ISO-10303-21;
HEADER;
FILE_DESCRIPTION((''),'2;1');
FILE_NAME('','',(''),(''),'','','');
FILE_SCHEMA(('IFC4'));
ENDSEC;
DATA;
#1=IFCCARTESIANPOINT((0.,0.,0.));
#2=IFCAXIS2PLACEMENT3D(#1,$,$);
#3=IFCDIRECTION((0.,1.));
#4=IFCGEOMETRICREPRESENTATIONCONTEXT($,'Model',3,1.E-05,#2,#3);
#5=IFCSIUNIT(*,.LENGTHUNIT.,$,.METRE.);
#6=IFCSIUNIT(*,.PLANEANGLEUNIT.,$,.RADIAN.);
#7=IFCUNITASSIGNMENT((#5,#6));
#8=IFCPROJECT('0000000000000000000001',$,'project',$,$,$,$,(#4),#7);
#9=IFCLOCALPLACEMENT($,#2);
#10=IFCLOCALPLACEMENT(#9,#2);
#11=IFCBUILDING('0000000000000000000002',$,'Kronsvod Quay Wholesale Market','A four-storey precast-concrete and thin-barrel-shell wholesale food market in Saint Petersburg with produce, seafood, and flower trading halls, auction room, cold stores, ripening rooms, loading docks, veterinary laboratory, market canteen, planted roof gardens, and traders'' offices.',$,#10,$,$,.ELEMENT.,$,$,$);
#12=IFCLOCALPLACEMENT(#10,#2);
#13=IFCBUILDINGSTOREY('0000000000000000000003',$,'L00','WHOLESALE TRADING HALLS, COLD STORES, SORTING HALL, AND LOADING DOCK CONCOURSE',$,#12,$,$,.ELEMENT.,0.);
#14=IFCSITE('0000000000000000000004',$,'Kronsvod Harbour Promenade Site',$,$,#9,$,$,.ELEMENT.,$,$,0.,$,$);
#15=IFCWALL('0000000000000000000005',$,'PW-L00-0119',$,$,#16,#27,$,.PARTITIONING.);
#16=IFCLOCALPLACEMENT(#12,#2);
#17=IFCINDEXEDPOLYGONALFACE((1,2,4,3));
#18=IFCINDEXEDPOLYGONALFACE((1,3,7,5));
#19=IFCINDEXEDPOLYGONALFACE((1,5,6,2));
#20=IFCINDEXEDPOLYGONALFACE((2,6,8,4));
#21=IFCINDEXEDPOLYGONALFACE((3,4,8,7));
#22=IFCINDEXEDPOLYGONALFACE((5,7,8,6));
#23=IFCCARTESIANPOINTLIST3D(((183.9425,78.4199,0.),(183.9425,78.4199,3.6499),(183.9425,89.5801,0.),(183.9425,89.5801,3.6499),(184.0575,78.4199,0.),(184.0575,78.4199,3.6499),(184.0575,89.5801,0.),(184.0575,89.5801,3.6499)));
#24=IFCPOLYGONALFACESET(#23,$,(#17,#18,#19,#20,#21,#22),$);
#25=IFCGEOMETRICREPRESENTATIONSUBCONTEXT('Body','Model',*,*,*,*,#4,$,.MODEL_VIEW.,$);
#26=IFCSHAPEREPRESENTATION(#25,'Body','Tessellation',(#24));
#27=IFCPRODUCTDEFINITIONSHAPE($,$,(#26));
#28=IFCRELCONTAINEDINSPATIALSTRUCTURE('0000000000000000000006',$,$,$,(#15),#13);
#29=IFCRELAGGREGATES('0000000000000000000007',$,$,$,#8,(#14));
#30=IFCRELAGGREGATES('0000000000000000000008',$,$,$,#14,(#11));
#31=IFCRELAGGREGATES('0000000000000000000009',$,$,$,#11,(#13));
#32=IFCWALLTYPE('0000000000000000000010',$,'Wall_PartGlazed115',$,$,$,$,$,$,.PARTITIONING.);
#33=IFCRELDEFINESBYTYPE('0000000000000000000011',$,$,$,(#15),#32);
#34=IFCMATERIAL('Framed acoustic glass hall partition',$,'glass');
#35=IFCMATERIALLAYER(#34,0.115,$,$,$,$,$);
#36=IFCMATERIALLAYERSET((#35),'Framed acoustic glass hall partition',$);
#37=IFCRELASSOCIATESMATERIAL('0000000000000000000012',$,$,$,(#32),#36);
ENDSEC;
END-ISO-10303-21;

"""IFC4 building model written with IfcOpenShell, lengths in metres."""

from ifc_helpers import new_model, si_unit, direction, frame, frame_2d, origin, place, context, subcontext, project, spatial, rectangle, extrude, material, layer, layer_set, type_object, element, save


model = new_model("IFC4")

# Units and contexts
model_context = context("Model", 3, precision=1e-05, world=origin(), true_north=direction((0.0, 1.0)))
body_context = subcontext(model_context, "Body", "Model", "MODEL_VIEW")
ifc_project = project(units=[si_unit("LENGTHUNIT", "METRE"), si_unit("PLANEANGLEUNIT", "RADIAN")], contexts=[model_context])

# Site, building, storey
site_placement = place(None, origin())
site = spatial("IfcSite", under=ifc_project, at=site_placement, Name="Kronsvod Harbour Promenade Site", CompositionType="ELEMENT", RefElevation=0.0)
building_placement = place(site_placement, origin())
building = spatial("IfcBuilding", under=site, at=building_placement, Name="Kronsvod Quay Wholesale Market", Description="A four-storey precast-concrete and thin-barrel-shell wholesale food market in Saint Petersburg with produce, seafood, and flower trading halls, auction room, cold stores, ripening rooms, loading docks, veterinary laboratory, market canteen, planted roof gardens, and traders' offices.", CompositionType="ELEMENT")
storey_placement = place(building_placement, origin())
storey = spatial("IfcBuildingStorey", under=building, at=storey_placement, Name="L00", Description="WHOLESALE TRADING HALLS, COLD STORES, SORTING HALL, AND LOADING DOCK CONCOURSE", CompositionType="ELEMENT", Elevation=0.0)

# Wall
ifc_material_1 = material(Name="Framed acoustic glass hall partition", Category="glass")
ifc_layer_1 = layer(ifc_material_1, 0.115)
ifc_layer_set_1 = layer_set([ifc_layer_1], Name="Framed acoustic glass hall partition")
wall_type_1 = type_object("IfcWallType", Name="Wall_PartGlazed115", PredefinedType="PARTITIONING", material=ifc_layer_set_1)
wall_1_placement = place(storey_placement, frame((184.0, 78.4199, 0.0), z_axis=(0.0, 0.0, 1.0), x_axis=(0.0, 1.0, 0.0)))
element("IfcWall", 1, at=wall_1_placement, inside=storey, type_object=wall_type_1, Name="PW-L00-0119", PredefinedType="PARTITIONING", context=body_context, shape_type="SweptSolid", body=[
    extrude(rectangle(XDim=11.1602, YDim=0.115, at=frame_2d((5.5801, 0.0))), origin(), (0.0, 0.0, 1.0), 3.6499),
])

save(model, "model.ifc")
